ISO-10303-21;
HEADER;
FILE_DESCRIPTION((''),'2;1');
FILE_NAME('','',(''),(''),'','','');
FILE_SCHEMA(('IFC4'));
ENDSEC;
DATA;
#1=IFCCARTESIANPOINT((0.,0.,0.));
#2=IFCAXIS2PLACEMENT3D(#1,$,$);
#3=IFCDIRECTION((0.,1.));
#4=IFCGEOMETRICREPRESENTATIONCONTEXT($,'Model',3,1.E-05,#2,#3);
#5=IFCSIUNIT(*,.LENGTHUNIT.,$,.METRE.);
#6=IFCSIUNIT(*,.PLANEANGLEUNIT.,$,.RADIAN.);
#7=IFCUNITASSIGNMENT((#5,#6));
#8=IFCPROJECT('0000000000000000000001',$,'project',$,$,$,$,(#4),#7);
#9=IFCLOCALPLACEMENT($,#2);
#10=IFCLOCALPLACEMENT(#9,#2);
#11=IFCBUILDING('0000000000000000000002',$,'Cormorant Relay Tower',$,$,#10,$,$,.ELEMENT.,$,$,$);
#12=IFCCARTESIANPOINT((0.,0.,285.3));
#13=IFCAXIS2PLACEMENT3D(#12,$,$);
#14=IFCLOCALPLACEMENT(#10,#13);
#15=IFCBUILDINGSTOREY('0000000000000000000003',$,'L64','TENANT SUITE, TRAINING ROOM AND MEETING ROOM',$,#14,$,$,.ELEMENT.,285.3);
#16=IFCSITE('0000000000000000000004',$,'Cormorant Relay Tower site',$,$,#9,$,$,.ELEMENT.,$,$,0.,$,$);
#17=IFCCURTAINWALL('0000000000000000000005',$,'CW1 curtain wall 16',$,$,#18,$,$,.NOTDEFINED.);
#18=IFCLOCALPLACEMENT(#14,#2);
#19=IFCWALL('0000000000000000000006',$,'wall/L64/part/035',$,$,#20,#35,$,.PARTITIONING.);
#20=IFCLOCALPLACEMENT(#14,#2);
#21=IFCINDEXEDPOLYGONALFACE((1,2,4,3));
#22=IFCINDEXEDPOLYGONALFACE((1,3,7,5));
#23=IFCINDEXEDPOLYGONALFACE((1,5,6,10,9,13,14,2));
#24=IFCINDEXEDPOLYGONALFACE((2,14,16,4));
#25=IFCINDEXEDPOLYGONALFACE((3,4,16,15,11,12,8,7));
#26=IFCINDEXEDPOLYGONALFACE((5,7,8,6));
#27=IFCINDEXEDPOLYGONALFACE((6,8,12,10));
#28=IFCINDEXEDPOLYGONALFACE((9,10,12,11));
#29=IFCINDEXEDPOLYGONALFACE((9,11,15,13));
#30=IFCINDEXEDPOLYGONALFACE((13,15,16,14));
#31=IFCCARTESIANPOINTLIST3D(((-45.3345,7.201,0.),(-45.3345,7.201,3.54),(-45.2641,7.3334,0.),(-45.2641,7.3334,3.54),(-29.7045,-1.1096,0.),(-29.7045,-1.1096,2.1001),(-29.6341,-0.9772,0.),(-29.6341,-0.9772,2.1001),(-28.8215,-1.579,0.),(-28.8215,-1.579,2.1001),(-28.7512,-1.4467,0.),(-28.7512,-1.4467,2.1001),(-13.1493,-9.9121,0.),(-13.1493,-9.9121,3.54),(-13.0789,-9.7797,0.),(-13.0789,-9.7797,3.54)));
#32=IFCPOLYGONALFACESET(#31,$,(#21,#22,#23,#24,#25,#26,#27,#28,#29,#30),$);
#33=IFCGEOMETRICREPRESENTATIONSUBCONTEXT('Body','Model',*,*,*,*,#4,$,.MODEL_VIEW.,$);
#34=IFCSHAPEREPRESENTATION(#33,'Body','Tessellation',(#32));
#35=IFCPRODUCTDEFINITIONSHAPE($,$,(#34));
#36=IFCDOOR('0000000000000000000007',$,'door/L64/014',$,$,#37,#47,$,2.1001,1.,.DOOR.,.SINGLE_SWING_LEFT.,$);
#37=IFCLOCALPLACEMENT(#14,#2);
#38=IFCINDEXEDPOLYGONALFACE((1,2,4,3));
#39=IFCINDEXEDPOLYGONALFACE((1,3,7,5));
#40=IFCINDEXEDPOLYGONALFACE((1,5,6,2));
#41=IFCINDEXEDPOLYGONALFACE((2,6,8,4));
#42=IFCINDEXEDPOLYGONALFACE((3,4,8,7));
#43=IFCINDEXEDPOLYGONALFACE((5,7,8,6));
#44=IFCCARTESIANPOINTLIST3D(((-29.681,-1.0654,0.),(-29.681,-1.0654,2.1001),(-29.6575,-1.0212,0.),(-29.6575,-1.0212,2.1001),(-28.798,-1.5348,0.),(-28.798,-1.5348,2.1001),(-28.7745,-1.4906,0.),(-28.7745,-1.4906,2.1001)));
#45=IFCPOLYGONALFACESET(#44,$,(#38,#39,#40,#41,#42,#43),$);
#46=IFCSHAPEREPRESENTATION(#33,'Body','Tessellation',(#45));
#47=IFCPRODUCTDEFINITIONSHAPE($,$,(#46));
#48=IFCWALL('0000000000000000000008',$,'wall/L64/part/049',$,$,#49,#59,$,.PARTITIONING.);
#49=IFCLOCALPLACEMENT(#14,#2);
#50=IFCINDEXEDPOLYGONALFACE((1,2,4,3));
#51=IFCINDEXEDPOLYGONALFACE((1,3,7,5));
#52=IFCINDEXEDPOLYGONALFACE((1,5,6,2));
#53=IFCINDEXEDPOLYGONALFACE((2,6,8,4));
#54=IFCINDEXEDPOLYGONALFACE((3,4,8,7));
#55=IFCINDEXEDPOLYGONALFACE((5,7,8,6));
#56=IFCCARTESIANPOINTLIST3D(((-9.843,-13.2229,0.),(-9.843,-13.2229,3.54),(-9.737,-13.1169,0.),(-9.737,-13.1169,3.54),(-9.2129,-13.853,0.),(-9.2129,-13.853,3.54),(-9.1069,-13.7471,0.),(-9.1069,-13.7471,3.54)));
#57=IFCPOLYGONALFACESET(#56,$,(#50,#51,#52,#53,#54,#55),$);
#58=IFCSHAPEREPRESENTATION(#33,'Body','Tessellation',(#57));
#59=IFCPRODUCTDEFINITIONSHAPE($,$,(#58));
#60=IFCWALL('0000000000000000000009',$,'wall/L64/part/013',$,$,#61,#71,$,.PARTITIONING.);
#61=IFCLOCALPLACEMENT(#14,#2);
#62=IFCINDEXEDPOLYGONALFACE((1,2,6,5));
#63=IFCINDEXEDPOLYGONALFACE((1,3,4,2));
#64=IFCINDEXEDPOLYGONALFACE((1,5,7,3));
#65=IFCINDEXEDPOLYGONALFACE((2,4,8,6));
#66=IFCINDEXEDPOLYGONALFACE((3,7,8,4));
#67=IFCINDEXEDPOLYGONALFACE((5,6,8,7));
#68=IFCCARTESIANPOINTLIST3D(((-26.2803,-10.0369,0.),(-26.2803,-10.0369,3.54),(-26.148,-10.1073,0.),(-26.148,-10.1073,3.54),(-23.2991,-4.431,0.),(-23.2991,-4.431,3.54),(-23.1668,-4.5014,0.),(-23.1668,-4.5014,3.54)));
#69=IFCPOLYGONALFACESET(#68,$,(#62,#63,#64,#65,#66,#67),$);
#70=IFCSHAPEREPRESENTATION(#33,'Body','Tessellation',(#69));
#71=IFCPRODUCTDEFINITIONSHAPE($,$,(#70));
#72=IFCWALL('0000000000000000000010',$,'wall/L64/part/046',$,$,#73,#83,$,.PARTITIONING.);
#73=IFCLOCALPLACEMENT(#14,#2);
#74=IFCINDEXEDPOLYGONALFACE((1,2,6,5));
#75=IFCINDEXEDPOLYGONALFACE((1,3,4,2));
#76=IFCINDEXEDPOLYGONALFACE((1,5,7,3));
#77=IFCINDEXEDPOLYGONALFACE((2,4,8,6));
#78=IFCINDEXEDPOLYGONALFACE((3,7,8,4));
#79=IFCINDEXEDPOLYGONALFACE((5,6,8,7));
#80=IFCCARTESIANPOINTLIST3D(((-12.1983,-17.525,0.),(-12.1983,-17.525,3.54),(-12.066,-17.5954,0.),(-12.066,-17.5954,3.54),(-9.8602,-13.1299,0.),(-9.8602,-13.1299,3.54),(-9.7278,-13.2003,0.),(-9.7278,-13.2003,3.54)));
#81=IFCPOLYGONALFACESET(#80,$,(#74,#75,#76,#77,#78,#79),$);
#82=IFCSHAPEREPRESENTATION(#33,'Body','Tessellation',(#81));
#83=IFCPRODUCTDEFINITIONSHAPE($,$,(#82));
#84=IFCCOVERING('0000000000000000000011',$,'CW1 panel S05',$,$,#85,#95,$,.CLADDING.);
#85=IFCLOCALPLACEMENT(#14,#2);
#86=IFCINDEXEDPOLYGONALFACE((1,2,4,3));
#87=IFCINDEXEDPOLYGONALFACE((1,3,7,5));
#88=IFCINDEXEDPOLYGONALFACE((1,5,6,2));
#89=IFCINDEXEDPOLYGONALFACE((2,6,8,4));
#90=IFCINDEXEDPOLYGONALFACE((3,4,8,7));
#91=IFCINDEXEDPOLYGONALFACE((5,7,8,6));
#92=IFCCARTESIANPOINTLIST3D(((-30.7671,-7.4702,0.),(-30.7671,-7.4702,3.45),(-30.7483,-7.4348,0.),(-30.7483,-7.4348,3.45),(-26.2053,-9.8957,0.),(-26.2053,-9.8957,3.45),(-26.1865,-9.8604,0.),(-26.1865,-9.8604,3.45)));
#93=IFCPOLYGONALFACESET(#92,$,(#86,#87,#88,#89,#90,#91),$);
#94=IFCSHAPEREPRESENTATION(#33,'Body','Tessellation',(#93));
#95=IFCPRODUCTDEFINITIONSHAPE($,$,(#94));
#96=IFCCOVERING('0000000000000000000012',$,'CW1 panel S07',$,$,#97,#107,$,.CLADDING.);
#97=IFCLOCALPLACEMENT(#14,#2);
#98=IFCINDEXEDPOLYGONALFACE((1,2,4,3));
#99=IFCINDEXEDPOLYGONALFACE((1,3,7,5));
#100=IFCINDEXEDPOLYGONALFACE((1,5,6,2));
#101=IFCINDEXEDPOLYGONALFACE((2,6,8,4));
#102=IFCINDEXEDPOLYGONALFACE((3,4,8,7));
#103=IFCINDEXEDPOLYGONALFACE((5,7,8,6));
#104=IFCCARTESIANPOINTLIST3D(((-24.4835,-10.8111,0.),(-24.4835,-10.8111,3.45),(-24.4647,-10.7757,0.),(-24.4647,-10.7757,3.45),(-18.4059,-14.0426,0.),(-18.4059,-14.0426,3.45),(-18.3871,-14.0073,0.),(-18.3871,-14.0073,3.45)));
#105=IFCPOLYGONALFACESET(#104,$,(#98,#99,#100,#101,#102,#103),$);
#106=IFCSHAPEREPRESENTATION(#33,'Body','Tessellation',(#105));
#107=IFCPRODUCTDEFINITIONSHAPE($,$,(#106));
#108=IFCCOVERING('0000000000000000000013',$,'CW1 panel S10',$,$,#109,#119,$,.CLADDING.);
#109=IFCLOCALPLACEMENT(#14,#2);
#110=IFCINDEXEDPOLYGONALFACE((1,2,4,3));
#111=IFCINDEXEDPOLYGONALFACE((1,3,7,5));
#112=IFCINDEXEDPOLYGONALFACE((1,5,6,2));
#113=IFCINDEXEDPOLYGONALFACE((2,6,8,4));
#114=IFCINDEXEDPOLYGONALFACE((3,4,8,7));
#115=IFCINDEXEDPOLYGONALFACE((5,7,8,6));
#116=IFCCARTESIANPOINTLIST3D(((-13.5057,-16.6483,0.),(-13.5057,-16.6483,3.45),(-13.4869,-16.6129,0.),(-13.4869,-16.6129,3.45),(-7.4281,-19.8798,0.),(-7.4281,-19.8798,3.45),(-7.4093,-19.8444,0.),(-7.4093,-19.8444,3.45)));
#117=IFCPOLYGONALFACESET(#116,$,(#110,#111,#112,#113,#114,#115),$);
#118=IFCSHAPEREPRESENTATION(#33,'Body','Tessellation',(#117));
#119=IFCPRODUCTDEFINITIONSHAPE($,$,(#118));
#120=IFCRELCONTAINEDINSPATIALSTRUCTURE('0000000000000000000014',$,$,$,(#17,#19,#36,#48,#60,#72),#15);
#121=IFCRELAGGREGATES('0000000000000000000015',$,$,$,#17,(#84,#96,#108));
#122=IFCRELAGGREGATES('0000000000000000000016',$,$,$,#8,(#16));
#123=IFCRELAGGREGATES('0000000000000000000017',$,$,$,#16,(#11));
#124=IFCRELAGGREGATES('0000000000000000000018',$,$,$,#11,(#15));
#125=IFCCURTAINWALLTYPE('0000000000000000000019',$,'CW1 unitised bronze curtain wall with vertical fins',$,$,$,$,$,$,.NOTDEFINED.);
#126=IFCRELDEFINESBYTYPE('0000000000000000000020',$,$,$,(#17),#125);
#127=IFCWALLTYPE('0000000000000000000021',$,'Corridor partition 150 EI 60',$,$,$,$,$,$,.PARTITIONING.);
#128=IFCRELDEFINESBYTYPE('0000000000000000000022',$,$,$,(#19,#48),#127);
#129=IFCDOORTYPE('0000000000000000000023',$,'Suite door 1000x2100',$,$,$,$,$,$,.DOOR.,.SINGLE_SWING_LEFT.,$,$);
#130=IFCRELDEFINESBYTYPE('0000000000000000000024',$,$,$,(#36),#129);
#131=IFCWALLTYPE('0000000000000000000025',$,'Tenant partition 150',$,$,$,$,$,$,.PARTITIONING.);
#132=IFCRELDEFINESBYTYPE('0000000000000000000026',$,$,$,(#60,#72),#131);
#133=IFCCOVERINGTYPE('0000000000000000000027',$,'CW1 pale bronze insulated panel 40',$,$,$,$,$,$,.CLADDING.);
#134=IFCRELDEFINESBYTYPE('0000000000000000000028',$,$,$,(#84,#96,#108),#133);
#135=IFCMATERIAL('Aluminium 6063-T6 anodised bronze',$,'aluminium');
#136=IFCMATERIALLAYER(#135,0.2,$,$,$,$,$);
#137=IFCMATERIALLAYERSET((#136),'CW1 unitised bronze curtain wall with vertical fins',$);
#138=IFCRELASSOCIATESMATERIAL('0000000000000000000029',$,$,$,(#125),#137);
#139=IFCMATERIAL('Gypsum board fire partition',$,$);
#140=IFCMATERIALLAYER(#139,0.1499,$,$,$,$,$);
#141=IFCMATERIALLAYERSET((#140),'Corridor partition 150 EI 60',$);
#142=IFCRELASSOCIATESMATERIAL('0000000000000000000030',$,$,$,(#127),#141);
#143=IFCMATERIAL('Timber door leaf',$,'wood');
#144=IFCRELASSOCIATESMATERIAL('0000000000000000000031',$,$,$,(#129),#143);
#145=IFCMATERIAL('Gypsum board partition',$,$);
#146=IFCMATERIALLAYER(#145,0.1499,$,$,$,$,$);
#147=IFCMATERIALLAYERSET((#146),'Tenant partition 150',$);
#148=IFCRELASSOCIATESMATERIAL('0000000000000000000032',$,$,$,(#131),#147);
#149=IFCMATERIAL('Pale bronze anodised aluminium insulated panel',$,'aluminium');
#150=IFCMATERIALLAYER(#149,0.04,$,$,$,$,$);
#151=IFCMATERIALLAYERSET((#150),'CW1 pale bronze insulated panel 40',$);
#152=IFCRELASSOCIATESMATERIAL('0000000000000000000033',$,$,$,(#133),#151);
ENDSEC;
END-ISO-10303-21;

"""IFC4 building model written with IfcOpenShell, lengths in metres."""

from ifc_helpers import new_model, si_unit, direction, frame, frame_2d, origin, origin_2d, place, context, subcontext, project, spatial, rectangle, extrude, material, layer, layer_set, type_object, element, fill, aggregate, save


model = new_model("IFC4")

# Units and contexts
model_context = context("Model", 3, precision=1e-05, world=origin(), true_north=direction((0.0, 1.0)))
body_context = subcontext(model_context, "Body", "Model", "MODEL_VIEW")
ifc_project = project(units=[si_unit("LENGTHUNIT", "METRE"), si_unit("PLANEANGLEUNIT", "RADIAN")], contexts=[model_context])

# Site, building, storey
site_placement = place(None, origin())
site = spatial("IfcSite", under=ifc_project, at=site_placement, Name="Cormorant Relay Tower site", CompositionType="ELEMENT", RefElevation=0.0)
building_placement = place(site_placement, origin())
building = spatial("IfcBuilding", under=site, at=building_placement, Name="Cormorant Relay Tower", CompositionType="ELEMENT")
storey_placement = place(building_placement, frame((0.0, 0.0, 285.3)))
storey = spatial("IfcBuildingStorey", under=building, at=storey_placement, Name="L64", Description="TENANT SUITE, TRAINING ROOM AND MEETING ROOM", CompositionType="ELEMENT", Elevation=285.3)

# Curtain wall
ifc_material_1 = material(Name="Aluminium 6063-T6 anodised bronze", Category="aluminium")
ifc_layer_1 = layer(ifc_material_1, 0.2)
ifc_layer_set_1 = layer_set([ifc_layer_1], Name="CW1 unitised bronze curtain wall with vertical fins")
curtain_wall_type = type_object("IfcCurtainWallType", Name="CW1 unitised bronze curtain wall with vertical fins", PredefinedType="NOTDEFINED", material=ifc_layer_set_1)
curtain_wall_placement = place(storey_placement, origin())
curtain_wall = element("IfcCurtainWall", 1, at=curtain_wall_placement, inside=storey, type_object=curtain_wall_type, Name="CW1 curtain wall 16", PredefinedType="NOTDEFINED")

# Shared definitions
ifc_material_2 = material(Name="Gypsum board fire partition")
ifc_layer_2 = layer(ifc_material_2, 0.1499)
ifc_layer_set_2 = layer_set([ifc_layer_2], Name="Corridor partition 150 EI 60")
wall_type_1 = type_object("IfcWallType", Name="Corridor partition 150 EI 60", PredefinedType="PARTITIONING", material=ifc_layer_set_2)

# Wall, opening, door
ifc_material_3 = material(Name="Timber door leaf", Category="wood")
door_type = type_object("IfcDoorType", Name="Suite door 1000x2100", OperationType="SINGLE_SWING_LEFT", PredefinedType="DOOR", material=ifc_material_3)
wall_1_placement = place(storey_placement, frame((-13.114, -9.8459, 0.0), z_axis=(0.0, 0.0, 1.0), x_axis=(-0.882948, 0.46947, 0.0)))
wall_1 = element("IfcWall", 2, at=wall_1_placement, inside=storey, type_object=wall_type_1, Name="wall/L64/part/035", PredefinedType="PARTITIONING", context=body_context, shape_type="SweptSolid", body=[
    extrude(rectangle(XDim=36.4519, YDim=0.1499, at=frame_2d((18.2261, 0.0))), origin(), (0.0, 0.0, 1.0), 3.54),
])
opening_1_placement = place(wall_1_placement, frame((17.75, 0.0, 0.0)))
opening_1 = element("IfcOpeningElement", 3, at=opening_1_placement, cuts=wall_1, PredefinedType="OPENING", context=body_context, shape_type="SweptSolid", body=[
    extrude(rectangle(XDim=1.0, YDim=2.1001, at=frame_2d((0.5, 1.05))), frame((0.0, 0.085, 0.0), z_axis=(0.0, -1.0, 0.0), x_axis=(1.0, 0.0, 0.0)), (0.0, 0.0, 1.0), 0.1699),
])
door_1_placement = place(opening_1_placement, origin())
door_1 = element("IfcDoor", 4, at=door_1_placement, inside=storey, type_object=door_type, Name="door/L64/014", OperationType="SINGLE_SWING_LEFT", OverallHeight=2.1001, OverallWidth=1.0, PredefinedType="DOOR", context=body_context, shape_type="SweptSolid", body=[
    extrude(rectangle(XDim=1.0, YDim=2.1001, at=frame_2d((0.5, 1.05))), frame((0.0, 0.0249, 0.0), z_axis=(0.0, -1.0, 0.0), x_axis=(1.0, 0.0, 0.0)), (0.0, 0.0, 1.0), 0.05),
])
fill(opening_1, door_1)

# Walls
wall_2_placement = place(storey_placement, frame((-9.1599, -13.8, 0.0), z_axis=(0.0, 0.0, 1.0), x_axis=(-0.707107, 0.707107, 0.0)))
element("IfcWall", 5, at=wall_2_placement, inside=storey, type_object=wall_type_1, Name="wall/L64/part/049", PredefinedType="PARTITIONING", context=body_context, shape_type="SweptSolid", body=[
    extrude(rectangle(XDim=0.8911, YDim=0.1499, at=frame_2d((0.4456, 0.0))), origin(), (0.0, 0.0, 1.0), 3.54),
])
ifc_material_4 = material(Name="Gypsum board partition")
ifc_layer_3 = layer(ifc_material_4, 0.1499)
ifc_layer_set_3 = layer_set([ifc_layer_3], Name="Tenant partition 150")
wall_type_2 = type_object("IfcWallType", Name="Tenant partition 150", PredefinedType="PARTITIONING", material=ifc_layer_set_3)
wall_3_placement = place(storey_placement, frame((-23.2329, -4.4661, 0.0), z_axis=(0.0, 0.0, 1.0), x_axis=(-0.469528, -0.882917, 0.0)))
element("IfcWall", 6, at=wall_3_placement, inside=storey, type_object=wall_type_2, Name="wall/L64/part/013", PredefinedType="PARTITIONING", context=body_context, shape_type="SweptSolid", body=[
    extrude(rectangle(XDim=6.3494, YDim=0.1499, at=frame_2d((3.1748, 0.0))), origin(), (0.0, 0.0, 1.0), 3.54),
])
wall_4_placement = place(storey_placement, frame((-9.7939, -13.165, 0.0), z_axis=(0.0, 0.0, 1.0), x_axis=(-0.469669, -0.882843, 0.0)))
element("IfcWall", 7, at=wall_4_placement, inside=storey, type_object=wall_type_2, Name="wall/L64/part/046", PredefinedType="PARTITIONING", context=body_context, shape_type="SweptSolid", body=[
    extrude(rectangle(XDim=4.9783, YDim=0.1499, at=frame_2d((2.4893, 0.0))), origin(), (0.0, 0.0, 1.0), 3.54),
])

# Coverings
ifc_material_5 = material(Name="Pale bronze anodised aluminium insulated panel", Category="aluminium")
ifc_layer_4 = layer(ifc_material_5, 0.04)
ifc_layer_set_4 = layer_set([ifc_layer_4], Name="CW1 pale bronze insulated panel 40")
covering_type = type_object("IfcCoveringType", Name="CW1 pale bronze insulated panel 40", PredefinedType="CLADDING", material=ifc_layer_set_4)
covering_1_placement = place(storey_placement, frame((-28.4768, -8.6653, 0.0), z_axis=(0.0, 0.0, 1.0), x_axis=(0.882948, -0.469472, 0.0)))
covering_1 = element("IfcCovering", 8, at=covering_1_placement, type_object=covering_type, Name="CW1 panel S05", PredefinedType="CLADDING", context=body_context, shape_type="SweptSolid", body=[
    extrude(rectangle(XDim=5.1665, YDim=0.04, at=origin_2d()), origin(), (0.0, 0.0, 1.0), 3.45),
])
covering_2_placement = place(storey_placement, frame((-21.4353, -12.4092, 0.0), z_axis=(0.0, 0.0, 1.0), x_axis=(0.882948, -0.469472, 0.0)))
covering_2 = element("IfcCovering", 9, at=covering_2_placement, type_object=covering_type, Name="CW1 panel S07", PredefinedType="CLADDING", context=body_context, shape_type="SweptSolid", body=[
    extrude(rectangle(XDim=6.8833, YDim=0.04, at=origin_2d()), origin(), (0.0, 0.0, 1.0), 3.45),
])
covering_3_placement = place(storey_placement, frame((-10.4575, -18.2463, 0.0), z_axis=(0.0, 0.0, 1.0), x_axis=(0.882948, -0.469472, 0.0)))
covering_3 = element("IfcCovering", 10, at=covering_3_placement, type_object=covering_type, Name="CW1 panel S10", PredefinedType="CLADDING", context=body_context, shape_type="SweptSolid", body=[
    extrude(rectangle(XDim=6.8833, YDim=0.04, at=origin_2d()), origin(), (0.0, 0.0, 1.0), 3.45),
])
aggregate(curtain_wall, [covering_1, covering_2, covering_3])

save(model, "model.ifc")
